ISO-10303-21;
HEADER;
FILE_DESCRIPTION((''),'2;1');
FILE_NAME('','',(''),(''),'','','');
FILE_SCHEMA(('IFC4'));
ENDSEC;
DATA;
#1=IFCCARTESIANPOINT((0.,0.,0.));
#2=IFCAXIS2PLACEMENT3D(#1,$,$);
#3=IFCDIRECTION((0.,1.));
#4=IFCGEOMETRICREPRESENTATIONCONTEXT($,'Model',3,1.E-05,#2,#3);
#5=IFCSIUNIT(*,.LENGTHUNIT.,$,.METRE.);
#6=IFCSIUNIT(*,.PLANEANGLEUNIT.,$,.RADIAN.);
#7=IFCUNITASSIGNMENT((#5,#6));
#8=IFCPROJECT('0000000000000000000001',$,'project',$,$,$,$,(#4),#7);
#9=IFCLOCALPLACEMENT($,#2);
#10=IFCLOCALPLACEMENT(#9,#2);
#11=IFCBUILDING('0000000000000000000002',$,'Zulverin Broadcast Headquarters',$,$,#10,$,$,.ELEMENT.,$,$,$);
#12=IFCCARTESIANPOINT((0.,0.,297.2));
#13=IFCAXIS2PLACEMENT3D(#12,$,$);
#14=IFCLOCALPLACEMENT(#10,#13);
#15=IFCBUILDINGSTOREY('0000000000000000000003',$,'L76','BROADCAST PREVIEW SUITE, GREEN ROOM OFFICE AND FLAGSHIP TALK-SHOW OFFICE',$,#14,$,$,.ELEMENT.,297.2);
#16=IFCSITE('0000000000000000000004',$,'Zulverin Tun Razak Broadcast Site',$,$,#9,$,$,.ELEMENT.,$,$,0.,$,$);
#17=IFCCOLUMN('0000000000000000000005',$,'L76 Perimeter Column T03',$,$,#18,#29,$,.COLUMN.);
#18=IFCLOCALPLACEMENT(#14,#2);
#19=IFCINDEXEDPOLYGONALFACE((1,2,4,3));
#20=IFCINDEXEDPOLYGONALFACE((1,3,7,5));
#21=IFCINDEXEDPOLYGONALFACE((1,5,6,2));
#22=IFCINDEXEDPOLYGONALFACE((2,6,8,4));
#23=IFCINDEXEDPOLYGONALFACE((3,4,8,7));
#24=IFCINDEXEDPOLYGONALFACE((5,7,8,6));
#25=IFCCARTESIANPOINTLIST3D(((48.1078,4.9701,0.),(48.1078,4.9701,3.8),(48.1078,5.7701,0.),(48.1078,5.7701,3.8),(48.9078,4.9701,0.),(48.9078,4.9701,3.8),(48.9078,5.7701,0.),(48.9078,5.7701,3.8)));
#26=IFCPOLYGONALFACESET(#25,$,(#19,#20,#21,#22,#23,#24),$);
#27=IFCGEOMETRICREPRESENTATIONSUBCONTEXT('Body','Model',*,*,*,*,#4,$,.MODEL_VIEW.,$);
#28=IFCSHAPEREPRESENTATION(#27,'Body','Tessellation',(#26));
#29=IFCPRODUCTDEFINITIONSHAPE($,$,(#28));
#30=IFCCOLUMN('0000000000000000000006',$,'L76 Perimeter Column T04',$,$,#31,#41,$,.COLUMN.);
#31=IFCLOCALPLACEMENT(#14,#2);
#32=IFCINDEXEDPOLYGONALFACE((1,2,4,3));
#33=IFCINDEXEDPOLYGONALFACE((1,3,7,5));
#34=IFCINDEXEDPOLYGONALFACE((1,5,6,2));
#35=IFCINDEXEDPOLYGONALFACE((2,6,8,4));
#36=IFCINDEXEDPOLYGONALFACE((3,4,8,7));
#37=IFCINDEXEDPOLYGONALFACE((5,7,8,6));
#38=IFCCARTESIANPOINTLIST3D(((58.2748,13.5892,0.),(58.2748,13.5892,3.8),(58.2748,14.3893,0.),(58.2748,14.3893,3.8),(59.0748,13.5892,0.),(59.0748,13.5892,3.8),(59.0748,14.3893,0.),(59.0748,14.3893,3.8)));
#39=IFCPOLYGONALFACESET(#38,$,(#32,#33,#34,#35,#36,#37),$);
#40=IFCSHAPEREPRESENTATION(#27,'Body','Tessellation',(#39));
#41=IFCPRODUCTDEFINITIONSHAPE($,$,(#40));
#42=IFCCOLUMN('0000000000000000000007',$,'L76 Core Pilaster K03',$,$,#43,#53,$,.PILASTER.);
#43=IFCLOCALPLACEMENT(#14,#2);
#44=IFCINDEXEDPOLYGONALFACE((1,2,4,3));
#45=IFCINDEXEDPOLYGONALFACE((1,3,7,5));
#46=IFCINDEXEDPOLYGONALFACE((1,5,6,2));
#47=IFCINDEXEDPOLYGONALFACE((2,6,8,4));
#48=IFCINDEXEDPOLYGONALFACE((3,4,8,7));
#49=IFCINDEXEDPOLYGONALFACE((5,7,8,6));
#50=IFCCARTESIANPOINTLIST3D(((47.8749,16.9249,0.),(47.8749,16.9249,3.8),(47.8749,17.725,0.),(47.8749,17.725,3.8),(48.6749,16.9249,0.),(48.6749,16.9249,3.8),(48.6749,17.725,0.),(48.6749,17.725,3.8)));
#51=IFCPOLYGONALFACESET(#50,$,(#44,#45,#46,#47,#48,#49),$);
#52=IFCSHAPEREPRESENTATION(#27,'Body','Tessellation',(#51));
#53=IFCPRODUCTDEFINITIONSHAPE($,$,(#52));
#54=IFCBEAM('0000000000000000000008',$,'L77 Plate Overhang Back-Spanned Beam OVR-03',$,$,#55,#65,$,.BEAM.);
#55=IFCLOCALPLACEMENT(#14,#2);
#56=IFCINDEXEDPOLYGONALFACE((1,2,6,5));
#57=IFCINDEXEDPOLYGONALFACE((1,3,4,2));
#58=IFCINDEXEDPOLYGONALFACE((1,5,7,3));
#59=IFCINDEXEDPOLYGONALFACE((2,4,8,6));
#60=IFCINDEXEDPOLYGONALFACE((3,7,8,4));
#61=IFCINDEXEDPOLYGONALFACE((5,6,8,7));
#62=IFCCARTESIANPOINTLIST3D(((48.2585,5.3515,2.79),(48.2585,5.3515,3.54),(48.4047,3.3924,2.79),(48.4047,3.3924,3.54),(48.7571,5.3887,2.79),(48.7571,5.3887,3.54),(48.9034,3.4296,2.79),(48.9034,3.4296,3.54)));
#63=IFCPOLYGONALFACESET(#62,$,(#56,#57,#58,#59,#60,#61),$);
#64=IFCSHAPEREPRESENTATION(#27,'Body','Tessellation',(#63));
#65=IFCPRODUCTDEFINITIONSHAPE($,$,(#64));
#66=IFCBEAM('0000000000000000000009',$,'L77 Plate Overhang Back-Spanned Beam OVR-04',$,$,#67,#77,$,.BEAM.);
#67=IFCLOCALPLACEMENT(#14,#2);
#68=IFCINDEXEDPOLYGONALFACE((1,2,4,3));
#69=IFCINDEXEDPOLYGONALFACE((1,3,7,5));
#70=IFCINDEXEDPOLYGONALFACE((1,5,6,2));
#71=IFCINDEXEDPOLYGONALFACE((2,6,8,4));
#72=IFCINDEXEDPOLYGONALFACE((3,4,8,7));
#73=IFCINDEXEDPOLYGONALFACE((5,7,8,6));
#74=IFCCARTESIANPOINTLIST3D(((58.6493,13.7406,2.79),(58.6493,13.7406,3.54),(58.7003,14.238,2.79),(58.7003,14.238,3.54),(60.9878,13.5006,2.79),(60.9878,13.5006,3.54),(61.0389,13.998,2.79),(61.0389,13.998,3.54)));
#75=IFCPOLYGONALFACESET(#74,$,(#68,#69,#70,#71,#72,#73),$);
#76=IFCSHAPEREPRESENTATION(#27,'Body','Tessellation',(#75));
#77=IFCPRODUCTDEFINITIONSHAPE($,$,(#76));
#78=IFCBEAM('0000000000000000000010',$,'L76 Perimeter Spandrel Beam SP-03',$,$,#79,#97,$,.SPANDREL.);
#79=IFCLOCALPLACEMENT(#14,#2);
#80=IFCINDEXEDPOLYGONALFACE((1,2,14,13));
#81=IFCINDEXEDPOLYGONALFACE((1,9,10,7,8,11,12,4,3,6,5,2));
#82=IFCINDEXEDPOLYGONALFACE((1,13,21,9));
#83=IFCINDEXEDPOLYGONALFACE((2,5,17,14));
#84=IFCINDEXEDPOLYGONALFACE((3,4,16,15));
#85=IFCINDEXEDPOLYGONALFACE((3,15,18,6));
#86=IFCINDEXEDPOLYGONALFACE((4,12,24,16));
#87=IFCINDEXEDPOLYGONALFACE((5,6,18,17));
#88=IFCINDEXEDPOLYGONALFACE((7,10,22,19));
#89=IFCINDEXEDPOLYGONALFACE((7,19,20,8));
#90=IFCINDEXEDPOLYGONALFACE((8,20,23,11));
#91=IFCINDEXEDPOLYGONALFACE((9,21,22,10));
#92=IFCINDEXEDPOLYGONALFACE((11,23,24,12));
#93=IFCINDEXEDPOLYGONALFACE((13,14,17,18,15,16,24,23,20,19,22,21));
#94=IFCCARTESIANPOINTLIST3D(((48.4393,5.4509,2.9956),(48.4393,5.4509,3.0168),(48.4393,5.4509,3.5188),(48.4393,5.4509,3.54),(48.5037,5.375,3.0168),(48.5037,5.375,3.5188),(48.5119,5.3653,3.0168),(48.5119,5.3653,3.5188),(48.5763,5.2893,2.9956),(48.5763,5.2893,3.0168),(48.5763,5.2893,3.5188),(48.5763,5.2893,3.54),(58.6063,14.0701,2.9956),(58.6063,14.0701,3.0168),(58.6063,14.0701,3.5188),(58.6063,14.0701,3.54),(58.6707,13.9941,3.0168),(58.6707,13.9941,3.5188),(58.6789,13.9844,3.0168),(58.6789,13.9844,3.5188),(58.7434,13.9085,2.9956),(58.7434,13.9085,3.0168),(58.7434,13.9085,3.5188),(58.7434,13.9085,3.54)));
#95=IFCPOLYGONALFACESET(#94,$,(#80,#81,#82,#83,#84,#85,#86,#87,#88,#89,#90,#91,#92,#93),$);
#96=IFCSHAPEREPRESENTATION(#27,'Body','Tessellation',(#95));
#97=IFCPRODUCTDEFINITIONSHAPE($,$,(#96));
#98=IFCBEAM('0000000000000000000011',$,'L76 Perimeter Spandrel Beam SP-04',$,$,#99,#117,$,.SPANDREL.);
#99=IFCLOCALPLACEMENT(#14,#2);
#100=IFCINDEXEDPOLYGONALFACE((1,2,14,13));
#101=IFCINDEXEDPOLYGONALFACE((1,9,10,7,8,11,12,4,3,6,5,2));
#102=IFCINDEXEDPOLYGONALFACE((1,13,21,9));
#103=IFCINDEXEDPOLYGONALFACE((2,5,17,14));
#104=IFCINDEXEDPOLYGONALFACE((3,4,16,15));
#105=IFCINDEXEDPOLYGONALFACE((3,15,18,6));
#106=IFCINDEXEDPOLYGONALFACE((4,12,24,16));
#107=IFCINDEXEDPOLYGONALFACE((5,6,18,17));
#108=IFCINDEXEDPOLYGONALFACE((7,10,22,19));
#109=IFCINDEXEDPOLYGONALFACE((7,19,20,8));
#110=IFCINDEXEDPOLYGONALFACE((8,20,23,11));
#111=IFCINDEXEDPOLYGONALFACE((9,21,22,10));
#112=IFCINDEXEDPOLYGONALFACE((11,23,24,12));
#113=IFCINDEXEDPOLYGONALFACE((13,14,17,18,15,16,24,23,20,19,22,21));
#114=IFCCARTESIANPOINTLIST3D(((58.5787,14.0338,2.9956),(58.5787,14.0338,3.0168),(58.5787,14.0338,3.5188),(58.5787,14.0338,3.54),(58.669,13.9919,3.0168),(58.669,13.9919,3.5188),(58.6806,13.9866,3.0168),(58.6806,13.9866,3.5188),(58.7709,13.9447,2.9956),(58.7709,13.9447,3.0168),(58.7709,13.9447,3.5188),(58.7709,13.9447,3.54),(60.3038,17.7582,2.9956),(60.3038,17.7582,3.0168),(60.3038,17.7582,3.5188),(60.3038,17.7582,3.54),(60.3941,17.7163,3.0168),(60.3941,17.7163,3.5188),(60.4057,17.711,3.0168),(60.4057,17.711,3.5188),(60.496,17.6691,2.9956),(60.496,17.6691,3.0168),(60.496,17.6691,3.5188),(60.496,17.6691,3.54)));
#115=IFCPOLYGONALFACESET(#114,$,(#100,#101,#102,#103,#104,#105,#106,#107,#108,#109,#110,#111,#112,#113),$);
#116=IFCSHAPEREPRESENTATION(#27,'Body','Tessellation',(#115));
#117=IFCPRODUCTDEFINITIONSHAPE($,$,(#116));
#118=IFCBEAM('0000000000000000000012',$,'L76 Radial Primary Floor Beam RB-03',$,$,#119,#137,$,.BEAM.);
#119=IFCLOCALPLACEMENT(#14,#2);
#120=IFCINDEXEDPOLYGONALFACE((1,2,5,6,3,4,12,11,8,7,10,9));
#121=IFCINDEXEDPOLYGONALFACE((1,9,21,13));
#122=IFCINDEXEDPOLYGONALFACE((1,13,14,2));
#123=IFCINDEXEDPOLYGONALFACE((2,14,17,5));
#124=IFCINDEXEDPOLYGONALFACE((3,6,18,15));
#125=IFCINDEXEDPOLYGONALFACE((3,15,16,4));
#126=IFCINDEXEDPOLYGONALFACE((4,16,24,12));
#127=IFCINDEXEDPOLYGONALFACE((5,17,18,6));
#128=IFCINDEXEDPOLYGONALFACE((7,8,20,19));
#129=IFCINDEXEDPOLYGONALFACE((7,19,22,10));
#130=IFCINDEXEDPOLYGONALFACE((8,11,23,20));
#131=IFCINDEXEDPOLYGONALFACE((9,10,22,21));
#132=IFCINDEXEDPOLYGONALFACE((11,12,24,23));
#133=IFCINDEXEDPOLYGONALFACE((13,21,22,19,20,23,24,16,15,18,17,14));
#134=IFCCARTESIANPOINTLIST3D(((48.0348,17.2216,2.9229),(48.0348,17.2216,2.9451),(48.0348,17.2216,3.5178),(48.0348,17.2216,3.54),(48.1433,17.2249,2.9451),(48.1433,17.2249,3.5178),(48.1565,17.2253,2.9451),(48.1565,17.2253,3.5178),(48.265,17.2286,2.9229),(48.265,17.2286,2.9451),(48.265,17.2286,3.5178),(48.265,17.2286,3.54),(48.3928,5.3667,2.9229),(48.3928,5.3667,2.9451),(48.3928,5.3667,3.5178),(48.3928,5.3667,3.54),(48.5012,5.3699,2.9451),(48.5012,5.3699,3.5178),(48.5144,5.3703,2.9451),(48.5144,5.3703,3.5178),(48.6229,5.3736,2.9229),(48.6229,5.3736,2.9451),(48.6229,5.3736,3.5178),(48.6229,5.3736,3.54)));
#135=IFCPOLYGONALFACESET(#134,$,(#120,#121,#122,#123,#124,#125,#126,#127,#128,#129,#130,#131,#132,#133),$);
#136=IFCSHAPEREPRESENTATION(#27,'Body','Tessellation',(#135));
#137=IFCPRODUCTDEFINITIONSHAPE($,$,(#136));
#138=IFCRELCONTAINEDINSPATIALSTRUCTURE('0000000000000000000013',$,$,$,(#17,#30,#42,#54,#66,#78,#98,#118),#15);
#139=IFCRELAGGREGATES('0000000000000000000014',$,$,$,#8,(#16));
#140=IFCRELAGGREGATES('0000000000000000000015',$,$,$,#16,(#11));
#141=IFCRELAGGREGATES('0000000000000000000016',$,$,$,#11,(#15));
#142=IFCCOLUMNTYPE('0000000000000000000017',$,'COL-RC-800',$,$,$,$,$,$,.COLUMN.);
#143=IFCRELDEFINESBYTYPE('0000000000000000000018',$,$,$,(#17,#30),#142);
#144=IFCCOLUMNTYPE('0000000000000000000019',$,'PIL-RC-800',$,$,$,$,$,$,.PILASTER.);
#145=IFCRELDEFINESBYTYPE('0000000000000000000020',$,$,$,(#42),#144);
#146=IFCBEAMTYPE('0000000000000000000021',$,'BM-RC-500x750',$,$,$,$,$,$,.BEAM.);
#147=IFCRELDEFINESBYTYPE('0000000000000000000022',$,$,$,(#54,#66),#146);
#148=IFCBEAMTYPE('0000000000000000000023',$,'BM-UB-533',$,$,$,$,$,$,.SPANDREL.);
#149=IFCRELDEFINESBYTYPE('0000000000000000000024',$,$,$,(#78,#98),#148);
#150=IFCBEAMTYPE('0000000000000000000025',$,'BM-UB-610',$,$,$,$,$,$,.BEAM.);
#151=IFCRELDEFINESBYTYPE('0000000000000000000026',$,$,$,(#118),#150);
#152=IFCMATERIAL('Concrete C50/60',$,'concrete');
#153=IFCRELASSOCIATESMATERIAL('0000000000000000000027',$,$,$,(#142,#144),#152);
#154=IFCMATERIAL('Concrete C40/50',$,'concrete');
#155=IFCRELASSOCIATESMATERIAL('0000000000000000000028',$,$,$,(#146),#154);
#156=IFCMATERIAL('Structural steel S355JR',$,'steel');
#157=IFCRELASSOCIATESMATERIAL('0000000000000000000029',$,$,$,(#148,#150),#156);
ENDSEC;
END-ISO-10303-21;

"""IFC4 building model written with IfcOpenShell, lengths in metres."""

from ifc_helpers import new_model, si_unit, direction, frame, origin, origin_2d, place, context, subcontext, project, spatial, rectangle, i_section, extrude, material, material_profile, profile_set, type_object, element, save


model = new_model("IFC4")

# Units and contexts
model_context = context("Model", 3, precision=1e-05, world=origin(), true_north=direction((0.0, 1.0)))
body_context = subcontext(model_context, "Body", "Model", "MODEL_VIEW")
ifc_project = project(units=[si_unit("LENGTHUNIT", "METRE"), si_unit("PLANEANGLEUNIT", "RADIAN")], contexts=[model_context])

# Site, building, storey
site_placement = place(None, origin())
site = spatial("IfcSite", under=ifc_project, at=site_placement, Name="Zulverin Tun Razak Broadcast Site", CompositionType="ELEMENT", RefElevation=0.0)
building_placement = place(site_placement, origin())
building = spatial("IfcBuilding", under=site, at=building_placement, Name="Zulverin Broadcast Headquarters", CompositionType="ELEMENT")
storey_placement = place(building_placement, frame((0.0, 0.0, 297.2)))
storey = spatial("IfcBuildingStorey", under=building, at=storey_placement, Name="L76", Description="BROADCAST PREVIEW SUITE, GREEN ROOM OFFICE AND FLAGSHIP TALK-SHOW OFFICE", CompositionType="ELEMENT", Elevation=297.2)

# Columns
ifc_material_1 = material(Name="Concrete C50/60", Category="concrete")
ifc_material_profile_1 = material_profile(ifc_material_1, rectangle(XDim=0.8, YDim=0.8, at=origin_2d()), Name="Concrete C50/60", Category="concrete")
ifc_profile_set_1 = profile_set([ifc_material_profile_1], Name="Concrete C50/60")
column_type_1 = type_object("IfcColumnType", Name="COL-RC-800", PredefinedType="COLUMN", material=ifc_profile_set_1)
for number, where, z_axis, x_axis, name in (
    (1, (48.5078, 5.3701, 0.0), (0.0, 0.0, 1.0), (1.0, 0.0, 0.0), "L76 Perimeter Column T03"),
    (2, (58.6748, 13.9893, 0.0), (0.0, 0.0, 1.0), (1.0, 0.0, 0.0), "L76 Perimeter Column T04"),
):
    element("IfcColumn", number, at=place(storey_placement, frame(where, z_axis=z_axis, x_axis=x_axis)), inside=storey, type_object=column_type_1, Name=name, PredefinedType="COLUMN", context=body_context, shape_type="SweptSolid", body=[
        extrude(rectangle(XDim=0.8, YDim=0.8, at=origin_2d()), origin(), (0.0, 0.0, 1.0), 3.8),
    ])
ifc_material_profile_2 = material_profile(ifc_material_1, rectangle(XDim=0.8, YDim=0.8, at=origin_2d()), Name="Concrete C50/60", Category="concrete")
ifc_profile_set_2 = profile_set([ifc_material_profile_2], Name="Concrete C50/60")
column_type_2 = type_object("IfcColumnType", Name="PIL-RC-800", PredefinedType="PILASTER", material=ifc_profile_set_2)
column_placement = place(storey_placement, frame((48.2749, 17.325, 0.0), z_axis=(0.0, 0.0, 1.0), x_axis=(1.0, 0.0, 0.0)))
element("IfcColumn", 3, at=column_placement, inside=storey, type_object=column_type_2, Name="L76 Core Pilaster K03", PredefinedType="PILASTER", context=body_context, shape_type="SweptSolid", body=[
    extrude(rectangle(XDim=0.8, YDim=0.8, at=origin_2d()), origin(), (0.0, 0.0, 1.0), 3.8),
])

# Beams
ifc_material_2 = material(Name="Concrete C40/50", Category="concrete")
ifc_material_profile_3 = material_profile(ifc_material_2, rectangle(XDim=0.5, YDim=0.75, at=origin_2d()), Name="Concrete C40/50", Category="concrete")
ifc_profile_set_3 = profile_set([ifc_material_profile_3], Name="Concrete C40/50")
beam_type_1 = type_object("IfcBeamType", Name="BM-RC-500x750", PredefinedType="BEAM", material=ifc_profile_set_3)
beam_1_placement = place(storey_placement, frame((48.5078, 5.3701, 3.165), z_axis=(0.074435, -0.997226, 0.0), x_axis=(0.997226, 0.074435, 0.0)))
element("IfcBeam", 4, at=beam_1_placement, inside=storey, type_object=beam_type_1, Name="L77 Plate Overhang Back-Spanned Beam OVR-03", PredefinedType="BEAM", context=body_context, shape_type="SweptSolid", body=[
    extrude(rectangle(XDim=0.5, YDim=0.75, at=origin_2d()), origin(), (0.0, 0.0, 1.0), 1.9646),
])
beam_2_placement = place(storey_placement, frame((58.6748, 13.9893, 3.165), z_axis=(0.994776, -0.102084, 0.0), x_axis=(0.102084, 0.994776, 0.0)))
element("IfcBeam", 5, at=beam_2_placement, inside=storey, type_object=beam_type_1, Name="L77 Plate Overhang Back-Spanned Beam OVR-04", PredefinedType="BEAM", context=body_context, shape_type="SweptSolid", body=[
    extrude(rectangle(XDim=0.5, YDim=0.75, at=origin_2d()), origin(), (0.0, 0.0, 1.0), 2.3508),
])
ifc_material_3 = material(Name="Structural steel S355JR", Category="steel")
ifc_material_profile_4 = material_profile(ifc_material_3, i_section(OverallWidth=0.2119, OverallDepth=0.5444, WebThickness=0.0127, FlangeThickness=0.0212, at=origin_2d()), Name="Structural steel S355JR", Category="steel")
ifc_profile_set_4 = profile_set([ifc_material_profile_4], Name="Structural steel S355JR")
beam_type_2 = type_object("IfcBeamType", Name="BM-UB-533", PredefinedType="SPANDREL", material=ifc_profile_set_4)
beam_3_placement = place(storey_placement, frame((48.5078, 5.3701, 3.2678), z_axis=(0.762783, 0.646655, 0.0), x_axis=(-0.646655, 0.762783, 0.0)))
element("IfcBeam", 6, at=beam_3_placement, inside=storey, type_object=beam_type_2, Name="L76 Perimeter Spandrel Beam SP-03", PredefinedType="SPANDREL", context=body_context, shape_type="SweptSolid", body=[
    extrude(i_section(OverallWidth=0.2119, OverallDepth=0.5444, WebThickness=0.0127, FlangeThickness=0.0212, at=origin_2d()), origin(), (0.0, 0.0, 1.0), 13.3289),
])
beam_4_placement = place(storey_placement, frame((58.6748, 13.9893, 3.2678), z_axis=(0.420295, 0.907388, 0.0), x_axis=(-0.907388, 0.420295, 0.0)))
element("IfcBeam", 7, at=beam_4_placement, inside=storey, type_object=beam_type_2, Name="L76 Perimeter Spandrel Beam SP-04", PredefinedType="SPANDREL", context=body_context, shape_type="SweptSolid", body=[
    extrude(i_section(OverallWidth=0.2119, OverallDepth=0.5444, WebThickness=0.0127, FlangeThickness=0.0212, at=origin_2d()), origin(), (0.0, 0.0, 1.0), 4.1045),
])
ifc_material_profile_5 = material_profile(ifc_material_3, i_section(OverallWidth=0.2302, OverallDepth=0.6172, WebThickness=0.0132, FlangeThickness=0.0222, at=origin_2d()), Name="Structural steel S355JR", Category="steel")
ifc_profile_set_5 = profile_set([ifc_material_profile_5], Name="Structural steel S355JR")
beam_type_3 = type_object("IfcBeamType", Name="BM-UB-610", PredefinedType="BEAM", material=ifc_profile_set_5)
beam_5_placement = place(storey_placement, frame((48.1499, 17.2251, 3.2314), z_axis=(0.030177, -0.999545, 0.0), x_axis=(0.999545, 0.030177, 0.0)))
element("IfcBeam", 8, at=beam_5_placement, inside=storey, type_object=beam_type_3, Name="L76 Radial Primary Floor Beam RB-03", PredefinedType="BEAM", context=body_context, shape_type="SweptSolid", body=[
    extrude(i_section(OverallWidth=0.2302, OverallDepth=0.6172, WebThickness=0.0132, FlangeThickness=0.0222, at=origin_2d()), origin(), (0.0, 0.0, 1.0), 11.8604),
])

save(model, "model.ifc")
